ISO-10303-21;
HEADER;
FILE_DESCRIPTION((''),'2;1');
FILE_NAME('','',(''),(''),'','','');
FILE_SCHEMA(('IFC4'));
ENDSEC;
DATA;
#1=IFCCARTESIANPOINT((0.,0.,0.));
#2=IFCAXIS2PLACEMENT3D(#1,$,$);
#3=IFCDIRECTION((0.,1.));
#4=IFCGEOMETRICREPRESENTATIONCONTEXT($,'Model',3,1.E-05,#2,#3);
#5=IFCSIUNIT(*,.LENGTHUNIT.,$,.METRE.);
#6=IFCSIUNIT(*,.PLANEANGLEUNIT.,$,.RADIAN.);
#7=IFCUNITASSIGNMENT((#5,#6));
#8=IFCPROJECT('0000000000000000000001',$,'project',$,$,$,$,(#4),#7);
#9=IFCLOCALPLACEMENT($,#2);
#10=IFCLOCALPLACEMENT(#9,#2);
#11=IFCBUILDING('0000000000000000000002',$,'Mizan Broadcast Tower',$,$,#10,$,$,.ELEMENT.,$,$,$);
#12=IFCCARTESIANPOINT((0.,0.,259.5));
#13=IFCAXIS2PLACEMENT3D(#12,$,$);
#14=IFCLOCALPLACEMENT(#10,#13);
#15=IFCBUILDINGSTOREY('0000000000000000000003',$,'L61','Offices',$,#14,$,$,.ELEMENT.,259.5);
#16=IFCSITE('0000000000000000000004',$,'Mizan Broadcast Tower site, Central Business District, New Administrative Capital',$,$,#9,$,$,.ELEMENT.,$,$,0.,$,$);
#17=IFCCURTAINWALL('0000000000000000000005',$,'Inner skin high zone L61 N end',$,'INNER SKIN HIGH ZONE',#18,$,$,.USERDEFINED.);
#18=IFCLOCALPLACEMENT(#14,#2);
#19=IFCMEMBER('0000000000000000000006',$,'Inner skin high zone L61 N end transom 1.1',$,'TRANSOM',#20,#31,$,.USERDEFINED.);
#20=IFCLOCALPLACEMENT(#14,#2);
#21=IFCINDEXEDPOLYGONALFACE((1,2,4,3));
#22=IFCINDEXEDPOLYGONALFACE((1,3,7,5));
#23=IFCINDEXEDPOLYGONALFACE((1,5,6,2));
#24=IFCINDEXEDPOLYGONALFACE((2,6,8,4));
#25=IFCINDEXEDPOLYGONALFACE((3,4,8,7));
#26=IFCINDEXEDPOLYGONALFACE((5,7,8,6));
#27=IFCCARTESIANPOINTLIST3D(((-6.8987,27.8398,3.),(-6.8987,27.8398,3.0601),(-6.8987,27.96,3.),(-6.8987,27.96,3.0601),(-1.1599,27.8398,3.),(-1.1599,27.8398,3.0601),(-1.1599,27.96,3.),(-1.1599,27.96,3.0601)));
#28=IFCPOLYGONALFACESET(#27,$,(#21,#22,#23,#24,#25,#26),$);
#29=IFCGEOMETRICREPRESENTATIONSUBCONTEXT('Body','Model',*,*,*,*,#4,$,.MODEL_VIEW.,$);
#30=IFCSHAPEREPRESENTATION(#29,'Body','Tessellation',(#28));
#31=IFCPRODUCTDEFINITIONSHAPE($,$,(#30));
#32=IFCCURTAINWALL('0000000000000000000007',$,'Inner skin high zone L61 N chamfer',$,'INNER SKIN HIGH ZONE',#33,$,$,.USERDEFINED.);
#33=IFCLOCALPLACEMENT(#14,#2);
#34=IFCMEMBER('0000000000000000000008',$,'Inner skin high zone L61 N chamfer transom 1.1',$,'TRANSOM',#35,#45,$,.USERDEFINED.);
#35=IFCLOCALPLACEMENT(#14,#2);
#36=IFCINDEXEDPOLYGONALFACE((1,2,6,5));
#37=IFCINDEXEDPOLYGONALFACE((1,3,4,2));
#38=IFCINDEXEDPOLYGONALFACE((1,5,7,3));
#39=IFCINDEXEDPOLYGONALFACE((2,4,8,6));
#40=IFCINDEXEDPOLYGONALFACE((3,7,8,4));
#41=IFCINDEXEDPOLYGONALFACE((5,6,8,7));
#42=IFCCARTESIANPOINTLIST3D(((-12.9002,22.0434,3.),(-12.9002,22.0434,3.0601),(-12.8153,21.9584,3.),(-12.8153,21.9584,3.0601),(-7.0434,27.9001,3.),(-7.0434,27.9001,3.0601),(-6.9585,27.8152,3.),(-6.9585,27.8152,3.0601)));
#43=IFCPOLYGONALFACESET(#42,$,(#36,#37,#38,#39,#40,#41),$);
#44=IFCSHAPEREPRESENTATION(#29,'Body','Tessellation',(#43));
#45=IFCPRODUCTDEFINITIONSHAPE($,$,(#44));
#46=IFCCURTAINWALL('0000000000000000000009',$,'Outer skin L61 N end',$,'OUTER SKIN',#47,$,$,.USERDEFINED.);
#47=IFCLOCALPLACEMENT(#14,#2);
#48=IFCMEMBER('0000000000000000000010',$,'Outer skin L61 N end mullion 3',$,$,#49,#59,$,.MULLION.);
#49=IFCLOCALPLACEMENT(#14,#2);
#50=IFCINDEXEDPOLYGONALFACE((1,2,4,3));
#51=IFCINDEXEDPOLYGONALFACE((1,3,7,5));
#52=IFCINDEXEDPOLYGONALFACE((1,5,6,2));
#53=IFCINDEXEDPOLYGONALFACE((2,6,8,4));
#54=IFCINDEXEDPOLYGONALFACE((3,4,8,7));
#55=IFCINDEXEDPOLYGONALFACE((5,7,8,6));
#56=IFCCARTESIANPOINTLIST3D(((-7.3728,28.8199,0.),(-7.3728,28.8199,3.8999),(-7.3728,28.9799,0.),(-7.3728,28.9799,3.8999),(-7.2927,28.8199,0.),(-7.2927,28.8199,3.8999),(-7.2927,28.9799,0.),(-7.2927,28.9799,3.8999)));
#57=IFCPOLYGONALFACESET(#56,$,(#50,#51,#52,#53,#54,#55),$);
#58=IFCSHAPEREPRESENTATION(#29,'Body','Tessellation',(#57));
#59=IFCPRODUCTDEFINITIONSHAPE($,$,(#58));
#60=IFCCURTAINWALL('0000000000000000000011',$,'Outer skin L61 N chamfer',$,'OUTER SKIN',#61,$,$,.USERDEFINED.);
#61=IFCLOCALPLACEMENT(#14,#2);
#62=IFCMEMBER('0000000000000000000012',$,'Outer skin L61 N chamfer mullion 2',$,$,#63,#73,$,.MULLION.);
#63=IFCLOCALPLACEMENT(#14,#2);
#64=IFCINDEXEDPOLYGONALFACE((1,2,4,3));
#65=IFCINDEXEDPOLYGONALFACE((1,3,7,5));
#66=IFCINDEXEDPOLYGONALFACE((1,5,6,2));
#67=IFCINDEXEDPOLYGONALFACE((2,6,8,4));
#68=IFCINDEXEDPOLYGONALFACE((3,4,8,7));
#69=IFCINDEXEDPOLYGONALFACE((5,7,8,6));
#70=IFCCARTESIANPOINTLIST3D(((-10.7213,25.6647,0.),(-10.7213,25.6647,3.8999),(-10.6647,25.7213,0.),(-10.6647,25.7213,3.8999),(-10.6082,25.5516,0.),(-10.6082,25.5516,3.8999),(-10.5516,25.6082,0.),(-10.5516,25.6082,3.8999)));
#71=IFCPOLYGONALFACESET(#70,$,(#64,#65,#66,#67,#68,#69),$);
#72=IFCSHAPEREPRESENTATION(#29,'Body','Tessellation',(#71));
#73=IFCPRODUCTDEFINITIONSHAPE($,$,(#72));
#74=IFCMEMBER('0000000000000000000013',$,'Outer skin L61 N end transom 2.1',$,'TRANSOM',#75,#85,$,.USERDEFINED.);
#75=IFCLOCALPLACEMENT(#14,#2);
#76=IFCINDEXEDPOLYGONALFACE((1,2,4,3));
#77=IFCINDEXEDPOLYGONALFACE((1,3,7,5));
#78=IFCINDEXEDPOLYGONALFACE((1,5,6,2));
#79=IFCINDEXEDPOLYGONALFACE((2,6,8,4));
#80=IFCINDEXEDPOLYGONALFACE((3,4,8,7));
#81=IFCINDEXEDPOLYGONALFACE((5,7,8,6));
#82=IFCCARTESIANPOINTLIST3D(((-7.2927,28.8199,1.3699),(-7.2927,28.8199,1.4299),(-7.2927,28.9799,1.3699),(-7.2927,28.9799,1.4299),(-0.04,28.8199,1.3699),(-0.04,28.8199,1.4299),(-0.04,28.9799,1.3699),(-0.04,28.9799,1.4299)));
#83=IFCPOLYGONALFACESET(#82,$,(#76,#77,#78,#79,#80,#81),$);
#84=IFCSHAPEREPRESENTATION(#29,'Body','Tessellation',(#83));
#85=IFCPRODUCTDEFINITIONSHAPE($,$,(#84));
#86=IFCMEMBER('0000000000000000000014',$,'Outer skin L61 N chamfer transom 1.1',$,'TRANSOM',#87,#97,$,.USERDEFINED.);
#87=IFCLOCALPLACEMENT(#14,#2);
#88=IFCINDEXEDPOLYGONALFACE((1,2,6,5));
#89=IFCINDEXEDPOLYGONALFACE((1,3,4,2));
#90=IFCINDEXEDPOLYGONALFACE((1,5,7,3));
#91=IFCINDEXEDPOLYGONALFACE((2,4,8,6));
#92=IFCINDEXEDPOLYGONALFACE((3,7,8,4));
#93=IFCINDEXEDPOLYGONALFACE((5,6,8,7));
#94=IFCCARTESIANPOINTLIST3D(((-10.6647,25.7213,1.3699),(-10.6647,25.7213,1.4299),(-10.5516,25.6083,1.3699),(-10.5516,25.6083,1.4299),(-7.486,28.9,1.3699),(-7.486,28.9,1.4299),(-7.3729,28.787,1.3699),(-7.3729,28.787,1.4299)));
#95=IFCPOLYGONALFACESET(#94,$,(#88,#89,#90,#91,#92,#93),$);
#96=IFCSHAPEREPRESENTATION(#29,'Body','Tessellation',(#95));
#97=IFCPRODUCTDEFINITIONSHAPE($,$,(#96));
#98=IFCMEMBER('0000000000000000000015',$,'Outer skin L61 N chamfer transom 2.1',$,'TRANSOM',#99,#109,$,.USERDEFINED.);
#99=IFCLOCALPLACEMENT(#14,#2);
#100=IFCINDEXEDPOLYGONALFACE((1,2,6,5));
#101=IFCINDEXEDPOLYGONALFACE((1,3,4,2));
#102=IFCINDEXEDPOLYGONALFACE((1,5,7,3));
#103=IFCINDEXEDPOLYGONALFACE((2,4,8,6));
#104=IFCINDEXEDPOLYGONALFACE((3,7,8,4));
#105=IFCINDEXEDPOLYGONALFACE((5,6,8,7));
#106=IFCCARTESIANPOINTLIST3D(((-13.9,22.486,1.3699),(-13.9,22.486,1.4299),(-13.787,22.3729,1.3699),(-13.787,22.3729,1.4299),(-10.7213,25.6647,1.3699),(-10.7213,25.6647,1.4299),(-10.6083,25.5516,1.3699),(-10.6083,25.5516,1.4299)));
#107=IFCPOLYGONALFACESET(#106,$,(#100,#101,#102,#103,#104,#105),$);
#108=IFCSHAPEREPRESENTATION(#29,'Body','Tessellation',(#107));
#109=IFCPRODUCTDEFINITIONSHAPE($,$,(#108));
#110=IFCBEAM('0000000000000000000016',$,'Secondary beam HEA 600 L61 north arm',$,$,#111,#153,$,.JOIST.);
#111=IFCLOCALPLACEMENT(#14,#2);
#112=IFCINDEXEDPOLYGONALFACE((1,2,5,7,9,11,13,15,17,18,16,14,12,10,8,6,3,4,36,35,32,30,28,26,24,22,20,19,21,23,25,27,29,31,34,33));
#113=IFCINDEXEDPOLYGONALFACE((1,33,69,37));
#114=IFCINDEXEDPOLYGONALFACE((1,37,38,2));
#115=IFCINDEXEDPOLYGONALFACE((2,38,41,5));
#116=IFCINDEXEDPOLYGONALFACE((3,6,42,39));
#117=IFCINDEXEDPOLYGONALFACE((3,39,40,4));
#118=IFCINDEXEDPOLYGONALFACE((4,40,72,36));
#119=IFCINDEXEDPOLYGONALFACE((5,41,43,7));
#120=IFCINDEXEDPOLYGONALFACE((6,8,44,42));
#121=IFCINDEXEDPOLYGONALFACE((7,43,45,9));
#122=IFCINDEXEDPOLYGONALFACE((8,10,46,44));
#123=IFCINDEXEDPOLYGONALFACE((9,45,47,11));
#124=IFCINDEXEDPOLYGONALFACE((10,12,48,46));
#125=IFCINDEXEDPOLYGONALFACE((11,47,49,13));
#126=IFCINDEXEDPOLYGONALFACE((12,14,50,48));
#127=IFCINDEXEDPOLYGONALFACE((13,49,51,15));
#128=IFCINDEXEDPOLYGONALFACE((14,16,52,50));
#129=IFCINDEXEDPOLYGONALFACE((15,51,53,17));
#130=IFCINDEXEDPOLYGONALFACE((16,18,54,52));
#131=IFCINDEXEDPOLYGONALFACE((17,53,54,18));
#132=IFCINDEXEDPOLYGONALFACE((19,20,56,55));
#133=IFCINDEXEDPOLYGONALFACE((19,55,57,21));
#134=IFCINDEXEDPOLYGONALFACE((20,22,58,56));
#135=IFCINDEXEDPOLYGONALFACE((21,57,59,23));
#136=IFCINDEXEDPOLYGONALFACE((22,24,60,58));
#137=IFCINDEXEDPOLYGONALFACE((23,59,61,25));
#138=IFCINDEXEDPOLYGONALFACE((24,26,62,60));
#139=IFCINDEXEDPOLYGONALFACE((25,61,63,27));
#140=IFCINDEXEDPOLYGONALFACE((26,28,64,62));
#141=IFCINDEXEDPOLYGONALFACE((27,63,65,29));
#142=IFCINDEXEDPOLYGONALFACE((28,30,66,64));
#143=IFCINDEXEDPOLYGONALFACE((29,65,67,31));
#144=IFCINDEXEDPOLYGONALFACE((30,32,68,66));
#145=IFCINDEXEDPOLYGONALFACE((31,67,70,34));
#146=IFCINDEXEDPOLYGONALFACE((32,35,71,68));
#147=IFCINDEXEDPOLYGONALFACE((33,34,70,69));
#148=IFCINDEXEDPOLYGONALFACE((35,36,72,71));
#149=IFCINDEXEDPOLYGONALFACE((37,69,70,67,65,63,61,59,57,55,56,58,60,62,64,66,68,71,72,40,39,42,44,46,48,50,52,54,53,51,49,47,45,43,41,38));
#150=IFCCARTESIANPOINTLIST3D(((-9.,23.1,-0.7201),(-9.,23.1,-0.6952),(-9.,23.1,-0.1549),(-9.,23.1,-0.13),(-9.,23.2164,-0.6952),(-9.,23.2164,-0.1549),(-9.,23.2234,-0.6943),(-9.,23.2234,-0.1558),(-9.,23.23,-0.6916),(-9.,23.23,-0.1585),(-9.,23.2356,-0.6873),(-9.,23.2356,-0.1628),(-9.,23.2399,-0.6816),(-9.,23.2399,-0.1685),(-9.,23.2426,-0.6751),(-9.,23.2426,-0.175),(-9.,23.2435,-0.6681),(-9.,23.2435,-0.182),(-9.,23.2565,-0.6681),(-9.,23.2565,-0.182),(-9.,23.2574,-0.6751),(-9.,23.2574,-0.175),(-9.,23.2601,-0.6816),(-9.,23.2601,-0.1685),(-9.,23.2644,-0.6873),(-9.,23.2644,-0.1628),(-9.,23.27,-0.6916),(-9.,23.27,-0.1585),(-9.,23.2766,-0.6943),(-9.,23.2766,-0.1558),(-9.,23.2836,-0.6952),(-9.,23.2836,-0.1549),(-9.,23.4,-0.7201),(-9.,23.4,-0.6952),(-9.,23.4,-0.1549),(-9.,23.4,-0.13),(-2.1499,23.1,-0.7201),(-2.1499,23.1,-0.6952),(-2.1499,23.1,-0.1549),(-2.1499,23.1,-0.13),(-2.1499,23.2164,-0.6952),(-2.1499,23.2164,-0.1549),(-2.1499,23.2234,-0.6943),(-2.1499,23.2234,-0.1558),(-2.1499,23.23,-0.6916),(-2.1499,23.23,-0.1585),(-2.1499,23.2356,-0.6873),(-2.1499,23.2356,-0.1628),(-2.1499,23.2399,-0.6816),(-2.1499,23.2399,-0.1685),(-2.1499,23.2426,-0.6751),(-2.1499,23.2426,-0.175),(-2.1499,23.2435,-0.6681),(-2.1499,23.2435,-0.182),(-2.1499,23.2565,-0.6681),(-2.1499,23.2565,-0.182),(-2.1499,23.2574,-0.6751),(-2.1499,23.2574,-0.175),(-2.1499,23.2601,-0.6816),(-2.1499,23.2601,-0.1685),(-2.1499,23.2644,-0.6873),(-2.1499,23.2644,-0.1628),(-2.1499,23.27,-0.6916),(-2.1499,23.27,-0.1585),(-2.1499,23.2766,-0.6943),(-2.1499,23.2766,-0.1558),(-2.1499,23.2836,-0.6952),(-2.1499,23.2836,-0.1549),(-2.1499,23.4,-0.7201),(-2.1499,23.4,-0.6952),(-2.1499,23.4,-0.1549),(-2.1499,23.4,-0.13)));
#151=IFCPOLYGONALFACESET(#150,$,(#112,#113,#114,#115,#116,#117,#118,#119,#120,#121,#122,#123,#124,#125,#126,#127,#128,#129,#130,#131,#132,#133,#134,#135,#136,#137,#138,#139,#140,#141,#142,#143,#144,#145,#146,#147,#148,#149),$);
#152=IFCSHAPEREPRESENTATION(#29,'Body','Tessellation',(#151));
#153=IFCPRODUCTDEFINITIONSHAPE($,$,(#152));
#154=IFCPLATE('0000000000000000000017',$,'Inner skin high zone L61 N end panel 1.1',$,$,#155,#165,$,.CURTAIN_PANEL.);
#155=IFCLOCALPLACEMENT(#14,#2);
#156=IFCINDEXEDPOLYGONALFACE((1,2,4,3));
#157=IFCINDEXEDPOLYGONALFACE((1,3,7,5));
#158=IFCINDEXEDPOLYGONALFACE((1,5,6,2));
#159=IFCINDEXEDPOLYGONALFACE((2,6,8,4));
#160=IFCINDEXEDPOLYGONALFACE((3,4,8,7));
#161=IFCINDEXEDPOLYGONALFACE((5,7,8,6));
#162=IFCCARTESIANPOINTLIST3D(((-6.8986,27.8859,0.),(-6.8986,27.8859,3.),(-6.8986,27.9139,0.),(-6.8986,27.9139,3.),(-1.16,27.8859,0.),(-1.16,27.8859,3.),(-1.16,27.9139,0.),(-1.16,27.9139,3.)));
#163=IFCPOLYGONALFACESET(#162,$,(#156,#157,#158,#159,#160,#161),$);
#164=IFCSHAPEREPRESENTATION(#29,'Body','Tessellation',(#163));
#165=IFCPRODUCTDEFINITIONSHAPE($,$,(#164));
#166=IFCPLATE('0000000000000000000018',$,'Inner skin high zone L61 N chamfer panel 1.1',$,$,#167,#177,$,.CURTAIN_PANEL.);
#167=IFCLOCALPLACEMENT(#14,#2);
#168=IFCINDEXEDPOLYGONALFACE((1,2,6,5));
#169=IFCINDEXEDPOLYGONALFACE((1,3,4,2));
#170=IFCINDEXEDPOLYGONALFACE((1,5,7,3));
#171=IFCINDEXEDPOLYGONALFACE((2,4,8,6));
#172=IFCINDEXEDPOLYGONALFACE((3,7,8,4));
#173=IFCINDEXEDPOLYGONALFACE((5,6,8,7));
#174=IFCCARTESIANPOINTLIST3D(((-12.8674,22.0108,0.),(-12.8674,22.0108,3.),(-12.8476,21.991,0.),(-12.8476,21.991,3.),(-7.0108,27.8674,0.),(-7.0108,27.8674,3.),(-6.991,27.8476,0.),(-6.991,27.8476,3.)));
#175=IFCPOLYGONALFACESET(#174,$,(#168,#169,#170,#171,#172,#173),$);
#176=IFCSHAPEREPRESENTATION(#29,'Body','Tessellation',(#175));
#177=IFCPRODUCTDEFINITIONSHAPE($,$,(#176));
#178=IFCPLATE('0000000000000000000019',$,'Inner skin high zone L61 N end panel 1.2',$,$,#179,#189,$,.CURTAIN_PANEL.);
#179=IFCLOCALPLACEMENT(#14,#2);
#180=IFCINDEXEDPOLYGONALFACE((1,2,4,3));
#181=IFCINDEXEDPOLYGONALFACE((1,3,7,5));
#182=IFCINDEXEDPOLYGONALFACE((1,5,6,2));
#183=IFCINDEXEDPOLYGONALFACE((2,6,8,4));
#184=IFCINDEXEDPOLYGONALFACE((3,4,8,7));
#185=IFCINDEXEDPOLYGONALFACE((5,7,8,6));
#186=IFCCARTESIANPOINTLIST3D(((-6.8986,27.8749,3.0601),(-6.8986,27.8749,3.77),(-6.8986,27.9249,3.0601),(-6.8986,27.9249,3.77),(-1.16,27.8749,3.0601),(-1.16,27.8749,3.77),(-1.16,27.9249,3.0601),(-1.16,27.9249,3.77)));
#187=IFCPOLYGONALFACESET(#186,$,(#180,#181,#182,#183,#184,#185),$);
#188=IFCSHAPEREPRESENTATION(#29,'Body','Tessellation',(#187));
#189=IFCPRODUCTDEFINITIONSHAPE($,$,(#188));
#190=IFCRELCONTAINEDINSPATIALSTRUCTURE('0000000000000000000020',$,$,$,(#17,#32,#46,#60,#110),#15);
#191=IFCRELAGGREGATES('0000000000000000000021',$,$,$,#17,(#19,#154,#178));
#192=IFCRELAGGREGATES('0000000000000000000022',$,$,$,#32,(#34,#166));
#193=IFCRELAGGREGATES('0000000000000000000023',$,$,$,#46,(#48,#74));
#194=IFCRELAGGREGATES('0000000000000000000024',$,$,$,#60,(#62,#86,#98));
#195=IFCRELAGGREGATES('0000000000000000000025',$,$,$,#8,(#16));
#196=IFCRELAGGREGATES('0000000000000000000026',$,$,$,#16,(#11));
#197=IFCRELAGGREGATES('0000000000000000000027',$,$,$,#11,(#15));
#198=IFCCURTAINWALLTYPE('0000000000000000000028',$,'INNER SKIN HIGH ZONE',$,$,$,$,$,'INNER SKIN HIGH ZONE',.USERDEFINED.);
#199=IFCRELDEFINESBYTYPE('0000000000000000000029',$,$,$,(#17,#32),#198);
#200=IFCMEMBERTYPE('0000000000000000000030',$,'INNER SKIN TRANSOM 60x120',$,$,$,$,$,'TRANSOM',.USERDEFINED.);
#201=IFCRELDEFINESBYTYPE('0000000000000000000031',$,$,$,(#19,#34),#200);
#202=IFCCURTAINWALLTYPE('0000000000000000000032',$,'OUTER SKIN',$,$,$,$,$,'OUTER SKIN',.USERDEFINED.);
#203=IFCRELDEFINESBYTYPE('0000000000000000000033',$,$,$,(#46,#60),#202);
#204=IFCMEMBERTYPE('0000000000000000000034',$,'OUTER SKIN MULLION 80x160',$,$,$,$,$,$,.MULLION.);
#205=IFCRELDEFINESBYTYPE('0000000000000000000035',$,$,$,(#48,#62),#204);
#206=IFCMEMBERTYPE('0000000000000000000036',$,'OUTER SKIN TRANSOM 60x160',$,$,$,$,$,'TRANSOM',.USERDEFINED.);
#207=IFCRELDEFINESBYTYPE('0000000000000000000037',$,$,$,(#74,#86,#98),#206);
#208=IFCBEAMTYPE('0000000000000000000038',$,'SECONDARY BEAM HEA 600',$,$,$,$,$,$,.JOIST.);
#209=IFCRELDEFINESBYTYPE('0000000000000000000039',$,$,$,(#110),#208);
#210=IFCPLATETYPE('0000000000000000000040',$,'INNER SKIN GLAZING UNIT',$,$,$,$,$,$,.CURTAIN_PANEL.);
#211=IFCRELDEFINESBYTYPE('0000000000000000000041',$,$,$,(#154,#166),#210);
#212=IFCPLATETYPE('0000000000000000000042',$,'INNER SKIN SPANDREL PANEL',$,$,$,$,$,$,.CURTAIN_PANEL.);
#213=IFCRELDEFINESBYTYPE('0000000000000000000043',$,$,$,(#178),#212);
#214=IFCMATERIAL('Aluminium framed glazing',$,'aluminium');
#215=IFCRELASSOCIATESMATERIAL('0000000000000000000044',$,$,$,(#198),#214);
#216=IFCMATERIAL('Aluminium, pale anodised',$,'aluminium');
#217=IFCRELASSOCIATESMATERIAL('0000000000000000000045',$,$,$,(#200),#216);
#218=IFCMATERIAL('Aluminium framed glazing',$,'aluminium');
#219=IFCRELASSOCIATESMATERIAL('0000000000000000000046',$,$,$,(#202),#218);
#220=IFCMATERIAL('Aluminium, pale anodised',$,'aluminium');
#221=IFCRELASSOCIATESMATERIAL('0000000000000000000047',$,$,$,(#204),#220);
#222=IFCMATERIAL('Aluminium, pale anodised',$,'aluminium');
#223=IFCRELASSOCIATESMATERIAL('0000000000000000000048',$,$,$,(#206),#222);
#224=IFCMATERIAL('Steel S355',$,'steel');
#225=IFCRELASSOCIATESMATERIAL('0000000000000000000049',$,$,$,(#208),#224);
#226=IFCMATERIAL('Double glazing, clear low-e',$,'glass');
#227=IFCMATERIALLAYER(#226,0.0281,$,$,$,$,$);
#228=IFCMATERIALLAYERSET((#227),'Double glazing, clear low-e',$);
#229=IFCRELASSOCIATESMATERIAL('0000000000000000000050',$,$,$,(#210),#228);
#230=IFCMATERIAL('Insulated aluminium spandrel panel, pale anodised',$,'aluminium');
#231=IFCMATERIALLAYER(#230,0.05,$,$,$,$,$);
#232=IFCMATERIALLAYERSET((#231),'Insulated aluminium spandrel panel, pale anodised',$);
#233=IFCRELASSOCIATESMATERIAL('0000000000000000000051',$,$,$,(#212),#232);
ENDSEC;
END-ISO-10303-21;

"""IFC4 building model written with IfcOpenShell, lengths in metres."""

from ifc_helpers import new_model, si_unit, direction, frame, origin, origin_2d, place, context, subcontext, project, spatial, rectangle, i_section, extrude, material, layer, layer_set, material_profile, profile_set, type_object, element, aggregate, save


model = new_model("IFC4")

# Units and contexts
model_context = context("Model", 3, precision=1e-05, world=origin(), true_north=direction((0.0, 1.0)))
body_context = subcontext(model_context, "Body", "Model", "MODEL_VIEW")
ifc_project = project(units=[si_unit("LENGTHUNIT", "METRE"), si_unit("PLANEANGLEUNIT", "RADIAN")], contexts=[model_context])

# Site, building, storey
site_placement = place(None, origin())
site = spatial("IfcSite", under=ifc_project, at=site_placement, Name="Mizan Broadcast Tower site, Central Business District, New Administrative Capital", CompositionType="ELEMENT", RefElevation=0.0)
building_placement = place(site_placement, origin())
building = spatial("IfcBuilding", under=site, at=building_placement, Name="Mizan Broadcast Tower", CompositionType="ELEMENT")
storey_placement = place(building_placement, frame((0.0, 0.0, 259.5)))
storey = spatial("IfcBuildingStorey", under=building, at=storey_placement, Name="L61", Description="Offices", CompositionType="ELEMENT", Elevation=259.5)

# Curtain wall, member
ifc_material_1 = material(Name="Aluminium framed glazing", Category="aluminium")
curtain_wall_type_1 = type_object("IfcCurtainWallType", Name="INNER SKIN HIGH ZONE", ElementType="INNER SKIN HIGH ZONE", PredefinedType="USERDEFINED", material=ifc_material_1)
curtain_wall_1_placement = place(storey_placement, origin())
curtain_wall_1 = element("IfcCurtainWall", 1, at=curtain_wall_1_placement, inside=storey, type_object=curtain_wall_type_1, Name="Inner skin high zone L61 N end", ObjectType="INNER SKIN HIGH ZONE", PredefinedType="USERDEFINED")
ifc_material_2 = material(Name="Aluminium, pale anodised", Category="aluminium")
ifc_material_profile_1 = material_profile(ifc_material_2, rectangle(XDim=0.1201, YDim=0.0601, at=origin_2d()), Name="TRANSOM 120x60")
ifc_profile_set_1 = profile_set([ifc_material_profile_1], Name="Aluminium, pale anodised")
member_type_1 = type_object("IfcMemberType", Name="INNER SKIN TRANSOM 60x120", ElementType="TRANSOM", PredefinedType="USERDEFINED", material=ifc_profile_set_1)
member_1_placement = place(storey_placement, frame((-1.1599, 27.8999, 3.03), z_axis=(-1.0, 0.0, 0.0), x_axis=(0.0, -1.0, 0.0)))
member_1 = element("IfcMember", 2, at=member_1_placement, type_object=member_type_1, Name="Inner skin high zone L61 N end transom 1.1", ObjectType="TRANSOM", PredefinedType="USERDEFINED", context=body_context, shape_type="SweptSolid", body=[
    extrude(rectangle(XDim=0.1201, YDim=0.0601, at=origin_2d()), origin(), (0.0, 0.0, 1.0), 5.7388),
])

# Curtain walls, members
curtain_wall_2_placement = place(storey_placement, origin())
curtain_wall_2 = element("IfcCurtainWall", 3, at=curtain_wall_2_placement, inside=storey, type_object=curtain_wall_type_1, Name="Inner skin high zone L61 N chamfer", ObjectType="INNER SKIN HIGH ZONE", PredefinedType="USERDEFINED")
member_2_placement = place(storey_placement, frame((-7.001, 27.8577, 3.03), z_axis=(-0.707107, -0.707107, 0.0), x_axis=(0.707107, -0.707107, 0.0)))
member_2 = element("IfcMember", 4, at=member_2_placement, type_object=member_type_1, Name="Inner skin high zone L61 N chamfer transom 1.1", ObjectType="TRANSOM", PredefinedType="USERDEFINED", context=body_context, shape_type="SweptSolid", body=[
    extrude(rectangle(XDim=0.1201, YDim=0.0601, at=origin_2d()), origin(), (0.0, 0.0, 1.0), 8.2827),
])
ifc_material_3 = material(Name="Aluminium framed glazing", Category="aluminium")
curtain_wall_type_2 = type_object("IfcCurtainWallType", Name="OUTER SKIN", ElementType="OUTER SKIN", PredefinedType="USERDEFINED", material=ifc_material_3)
curtain_wall_3_placement = place(storey_placement, origin())
curtain_wall_3 = element("IfcCurtainWall", 5, at=curtain_wall_3_placement, inside=storey, type_object=curtain_wall_type_2, Name="Outer skin L61 N end", ObjectType="OUTER SKIN", PredefinedType="USERDEFINED")
ifc_material_4 = material(Name="Aluminium, pale anodised", Category="aluminium")
ifc_material_profile_2 = material_profile(ifc_material_4, rectangle(XDim=0.1599, YDim=0.0801, at=origin_2d()), Name="MULLION 160x80")
ifc_profile_set_2 = profile_set([ifc_material_profile_2], Name="Aluminium, pale anodised")
member_type_2 = type_object("IfcMemberType", Name="OUTER SKIN MULLION 80x160", PredefinedType="MULLION", material=ifc_profile_set_2)
member_3_placement = place(storey_placement, frame((-7.3328, 28.8999, 0.0), z_axis=(0.0, 0.0, 1.0), x_axis=(0.0, -1.0, 0.0)))
member_3 = element("IfcMember", 6, at=member_3_placement, type_object=member_type_2, Name="Outer skin L61 N end mullion 3", PredefinedType="MULLION", context=body_context, shape_type="SweptSolid", body=[
    extrude(rectangle(XDim=0.1599, YDim=0.0801, at=origin_2d()), origin(), (0.0, 0.0, 1.0), 3.8999),
])
curtain_wall_4_placement = place(storey_placement, origin())
curtain_wall_4 = element("IfcCurtainWall", 7, at=curtain_wall_4_placement, inside=storey, type_object=curtain_wall_type_2, Name="Outer skin L61 N chamfer", ObjectType="OUTER SKIN", PredefinedType="USERDEFINED")
member_4_placement = place(storey_placement, frame((-10.6365, 25.6365, 0.0), z_axis=(0.0, 0.0, 1.0), x_axis=(0.707107, -0.707107, 0.0)))
member_4 = element("IfcMember", 8, at=member_4_placement, type_object=member_type_2, Name="Outer skin L61 N chamfer mullion 2", PredefinedType="MULLION", context=body_context, shape_type="SweptSolid", body=[
    extrude(rectangle(XDim=0.1599, YDim=0.0801, at=origin_2d()), origin(), (0.0, 0.0, 1.0), 3.8999),
])

# Members
ifc_material_5 = material(Name="Aluminium, pale anodised", Category="aluminium")
ifc_material_profile_3 = material_profile(ifc_material_5, rectangle(XDim=0.1599, YDim=0.0601, at=origin_2d()), Name="TRANSOM 160x60")
ifc_profile_set_3 = profile_set([ifc_material_profile_3], Name="Aluminium, pale anodised")
member_type_3 = type_object("IfcMemberType", Name="OUTER SKIN TRANSOM 60x160", ElementType="TRANSOM", PredefinedType="USERDEFINED", material=ifc_profile_set_3)
member_5_placement = place(storey_placement, frame((-0.04, 28.8999, 1.3999), z_axis=(-1.0, 0.0, 0.0), x_axis=(0.0, -1.0, 0.0)))
member_5 = element("IfcMember", 9, at=member_5_placement, type_object=member_type_3, Name="Outer skin L61 N end transom 2.1", ObjectType="TRANSOM", PredefinedType="USERDEFINED", context=body_context, shape_type="SweptSolid", body=[
    extrude(rectangle(XDim=0.1599, YDim=0.0601, at=origin_2d()), origin(), (0.0, 0.0, 1.0), 7.2527),
])
member_6_placement = place(storey_placement, frame((-7.4294, 28.8435, 1.3999), z_axis=(-0.707107, -0.707107, 0.0), x_axis=(0.707107, -0.707107, 0.0)))
member_6 = element("IfcMember", 10, at=member_6_placement, type_object=member_type_3, Name="Outer skin L61 N chamfer transom 1.1", ObjectType="TRANSOM", PredefinedType="USERDEFINED", context=body_context, shape_type="SweptSolid", body=[
    extrude(rectangle(XDim=0.1599, YDim=0.0601, at=origin_2d()), origin(), (0.0, 0.0, 1.0), 4.4954),
])
member_7_placement = place(storey_placement, frame((-10.6648, 25.6082, 1.3999), z_axis=(-0.707107, -0.707107, 0.0), x_axis=(0.707107, -0.707107, 0.0)))
member_7 = element("IfcMember", 11, at=member_7_placement, type_object=member_type_3, Name="Outer skin L61 N chamfer transom 2.1", ObjectType="TRANSOM", PredefinedType="USERDEFINED", context=body_context, shape_type="SweptSolid", body=[
    extrude(rectangle(XDim=0.1599, YDim=0.0601, at=origin_2d()), origin(), (0.0, 0.0, 1.0), 4.4954),
])

# Beam
ifc_material_6 = material(Name="Steel S355", Category="steel")
ifc_material_profile_4 = material_profile(ifc_material_6, i_section(OverallWidth=0.3, OverallDepth=0.5901, WebThickness=0.0129, FlangeThickness=0.0249, FilletRadius=0.0271, at=origin_2d()), Name="HEA 600")
ifc_profile_set_4 = profile_set([ifc_material_profile_4], Name="Steel S355")
beam_type_1 = type_object("IfcBeamType", Name="SECONDARY BEAM HEA 600", PredefinedType="JOIST", material=ifc_profile_set_4)
beam_1_placement = place(storey_placement, frame((-9.0, 23.25, -0.425), z_axis=(1.0, 0.0, 0.0), x_axis=(0.0, 1.0, 0.0)))
element("IfcBeam", 12, at=beam_1_placement, inside=storey, type_object=beam_type_1, Name="Secondary beam HEA 600 L61 north arm", PredefinedType="JOIST", context=body_context, shape_type="SweptSolid", body=[
    extrude(i_section(OverallWidth=0.3, OverallDepth=0.5901, WebThickness=0.0129, FlangeThickness=0.0249, FilletRadius=0.0271, at=origin_2d()), origin(), (0.0, 0.0, 1.0), 6.8501),
])

# Plates
ifc_material_7 = material(Name="Double glazing, clear low-e", Category="glass")
ifc_layer_1 = layer(ifc_material_7, 0.0281)
ifc_layer_set_1 = layer_set([ifc_layer_1], Name="Double glazing, clear low-e")
plate_type_1 = type_object("IfcPlateType", Name="INNER SKIN GLAZING UNIT", PredefinedType="CURTAIN_PANEL", material=ifc_layer_set_1)
plate_1_placement = place(storey_placement, frame((-4.0293, 27.8999, 0.0), z_axis=(0.0, 0.0, 1.0), x_axis=(-1.0, 0.0, 0.0)))
plate_1 = element("IfcPlate", 13, at=plate_1_placement, type_object=plate_type_1, Name="Inner skin high zone L61 N end panel 1.1", PredefinedType="CURTAIN_PANEL", context=body_context, shape_type="SweptSolid", body=[
    extrude(rectangle(XDim=5.7385, YDim=0.0281, at=origin_2d()), origin(), (0.0, 0.0, 1.0), 3.0),
])
plate_2_placement = place(storey_placement, frame((-9.9292, 24.9292, 0.0), z_axis=(0.0, 0.0, 1.0), x_axis=(-0.707107, -0.707107, 0.0)))
plate_2 = element("IfcPlate", 14, at=plate_2_placement, type_object=plate_type_1, Name="Inner skin high zone L61 N chamfer panel 1.1", PredefinedType="CURTAIN_PANEL", context=body_context, shape_type="SweptSolid", body=[
    extrude(rectangle(XDim=8.2825, YDim=0.0281, at=origin_2d()), origin(), (0.0, 0.0, 1.0), 3.0),
])
ifc_material_8 = material(Name="Insulated aluminium spandrel panel, pale anodised", Category="aluminium")
ifc_layer_2 = layer(ifc_material_8, 0.05)
ifc_layer_set_2 = layer_set([ifc_layer_2], Name="Insulated aluminium spandrel panel, pale anodised")
plate_type_2 = type_object("IfcPlateType", Name="INNER SKIN SPANDREL PANEL", PredefinedType="CURTAIN_PANEL", material=ifc_layer_set_2)
plate_3_placement = place(storey_placement, frame((-4.0293, 27.8999, 3.0601), z_axis=(0.0, 0.0, 1.0), x_axis=(-1.0, 0.0, 0.0)))
plate_3 = element("IfcPlate", 15, at=plate_3_placement, type_object=plate_type_2, Name="Inner skin high zone L61 N end panel 1.2", PredefinedType="CURTAIN_PANEL", context=body_context, shape_type="SweptSolid", body=[
    extrude(rectangle(XDim=5.7385, YDim=0.05, at=origin_2d()), origin(), (0.0, 0.0, 1.0), 0.71),
])
aggregate(curtain_wall_1, [member_1, plate_1, plate_3])
aggregate(curtain_wall_2, [member_2, plate_2])
aggregate(curtain_wall_3, [member_3, member_5])
aggregate(curtain_wall_4, [member_4, member_6, member_7])

save(model, "model.ifc")
